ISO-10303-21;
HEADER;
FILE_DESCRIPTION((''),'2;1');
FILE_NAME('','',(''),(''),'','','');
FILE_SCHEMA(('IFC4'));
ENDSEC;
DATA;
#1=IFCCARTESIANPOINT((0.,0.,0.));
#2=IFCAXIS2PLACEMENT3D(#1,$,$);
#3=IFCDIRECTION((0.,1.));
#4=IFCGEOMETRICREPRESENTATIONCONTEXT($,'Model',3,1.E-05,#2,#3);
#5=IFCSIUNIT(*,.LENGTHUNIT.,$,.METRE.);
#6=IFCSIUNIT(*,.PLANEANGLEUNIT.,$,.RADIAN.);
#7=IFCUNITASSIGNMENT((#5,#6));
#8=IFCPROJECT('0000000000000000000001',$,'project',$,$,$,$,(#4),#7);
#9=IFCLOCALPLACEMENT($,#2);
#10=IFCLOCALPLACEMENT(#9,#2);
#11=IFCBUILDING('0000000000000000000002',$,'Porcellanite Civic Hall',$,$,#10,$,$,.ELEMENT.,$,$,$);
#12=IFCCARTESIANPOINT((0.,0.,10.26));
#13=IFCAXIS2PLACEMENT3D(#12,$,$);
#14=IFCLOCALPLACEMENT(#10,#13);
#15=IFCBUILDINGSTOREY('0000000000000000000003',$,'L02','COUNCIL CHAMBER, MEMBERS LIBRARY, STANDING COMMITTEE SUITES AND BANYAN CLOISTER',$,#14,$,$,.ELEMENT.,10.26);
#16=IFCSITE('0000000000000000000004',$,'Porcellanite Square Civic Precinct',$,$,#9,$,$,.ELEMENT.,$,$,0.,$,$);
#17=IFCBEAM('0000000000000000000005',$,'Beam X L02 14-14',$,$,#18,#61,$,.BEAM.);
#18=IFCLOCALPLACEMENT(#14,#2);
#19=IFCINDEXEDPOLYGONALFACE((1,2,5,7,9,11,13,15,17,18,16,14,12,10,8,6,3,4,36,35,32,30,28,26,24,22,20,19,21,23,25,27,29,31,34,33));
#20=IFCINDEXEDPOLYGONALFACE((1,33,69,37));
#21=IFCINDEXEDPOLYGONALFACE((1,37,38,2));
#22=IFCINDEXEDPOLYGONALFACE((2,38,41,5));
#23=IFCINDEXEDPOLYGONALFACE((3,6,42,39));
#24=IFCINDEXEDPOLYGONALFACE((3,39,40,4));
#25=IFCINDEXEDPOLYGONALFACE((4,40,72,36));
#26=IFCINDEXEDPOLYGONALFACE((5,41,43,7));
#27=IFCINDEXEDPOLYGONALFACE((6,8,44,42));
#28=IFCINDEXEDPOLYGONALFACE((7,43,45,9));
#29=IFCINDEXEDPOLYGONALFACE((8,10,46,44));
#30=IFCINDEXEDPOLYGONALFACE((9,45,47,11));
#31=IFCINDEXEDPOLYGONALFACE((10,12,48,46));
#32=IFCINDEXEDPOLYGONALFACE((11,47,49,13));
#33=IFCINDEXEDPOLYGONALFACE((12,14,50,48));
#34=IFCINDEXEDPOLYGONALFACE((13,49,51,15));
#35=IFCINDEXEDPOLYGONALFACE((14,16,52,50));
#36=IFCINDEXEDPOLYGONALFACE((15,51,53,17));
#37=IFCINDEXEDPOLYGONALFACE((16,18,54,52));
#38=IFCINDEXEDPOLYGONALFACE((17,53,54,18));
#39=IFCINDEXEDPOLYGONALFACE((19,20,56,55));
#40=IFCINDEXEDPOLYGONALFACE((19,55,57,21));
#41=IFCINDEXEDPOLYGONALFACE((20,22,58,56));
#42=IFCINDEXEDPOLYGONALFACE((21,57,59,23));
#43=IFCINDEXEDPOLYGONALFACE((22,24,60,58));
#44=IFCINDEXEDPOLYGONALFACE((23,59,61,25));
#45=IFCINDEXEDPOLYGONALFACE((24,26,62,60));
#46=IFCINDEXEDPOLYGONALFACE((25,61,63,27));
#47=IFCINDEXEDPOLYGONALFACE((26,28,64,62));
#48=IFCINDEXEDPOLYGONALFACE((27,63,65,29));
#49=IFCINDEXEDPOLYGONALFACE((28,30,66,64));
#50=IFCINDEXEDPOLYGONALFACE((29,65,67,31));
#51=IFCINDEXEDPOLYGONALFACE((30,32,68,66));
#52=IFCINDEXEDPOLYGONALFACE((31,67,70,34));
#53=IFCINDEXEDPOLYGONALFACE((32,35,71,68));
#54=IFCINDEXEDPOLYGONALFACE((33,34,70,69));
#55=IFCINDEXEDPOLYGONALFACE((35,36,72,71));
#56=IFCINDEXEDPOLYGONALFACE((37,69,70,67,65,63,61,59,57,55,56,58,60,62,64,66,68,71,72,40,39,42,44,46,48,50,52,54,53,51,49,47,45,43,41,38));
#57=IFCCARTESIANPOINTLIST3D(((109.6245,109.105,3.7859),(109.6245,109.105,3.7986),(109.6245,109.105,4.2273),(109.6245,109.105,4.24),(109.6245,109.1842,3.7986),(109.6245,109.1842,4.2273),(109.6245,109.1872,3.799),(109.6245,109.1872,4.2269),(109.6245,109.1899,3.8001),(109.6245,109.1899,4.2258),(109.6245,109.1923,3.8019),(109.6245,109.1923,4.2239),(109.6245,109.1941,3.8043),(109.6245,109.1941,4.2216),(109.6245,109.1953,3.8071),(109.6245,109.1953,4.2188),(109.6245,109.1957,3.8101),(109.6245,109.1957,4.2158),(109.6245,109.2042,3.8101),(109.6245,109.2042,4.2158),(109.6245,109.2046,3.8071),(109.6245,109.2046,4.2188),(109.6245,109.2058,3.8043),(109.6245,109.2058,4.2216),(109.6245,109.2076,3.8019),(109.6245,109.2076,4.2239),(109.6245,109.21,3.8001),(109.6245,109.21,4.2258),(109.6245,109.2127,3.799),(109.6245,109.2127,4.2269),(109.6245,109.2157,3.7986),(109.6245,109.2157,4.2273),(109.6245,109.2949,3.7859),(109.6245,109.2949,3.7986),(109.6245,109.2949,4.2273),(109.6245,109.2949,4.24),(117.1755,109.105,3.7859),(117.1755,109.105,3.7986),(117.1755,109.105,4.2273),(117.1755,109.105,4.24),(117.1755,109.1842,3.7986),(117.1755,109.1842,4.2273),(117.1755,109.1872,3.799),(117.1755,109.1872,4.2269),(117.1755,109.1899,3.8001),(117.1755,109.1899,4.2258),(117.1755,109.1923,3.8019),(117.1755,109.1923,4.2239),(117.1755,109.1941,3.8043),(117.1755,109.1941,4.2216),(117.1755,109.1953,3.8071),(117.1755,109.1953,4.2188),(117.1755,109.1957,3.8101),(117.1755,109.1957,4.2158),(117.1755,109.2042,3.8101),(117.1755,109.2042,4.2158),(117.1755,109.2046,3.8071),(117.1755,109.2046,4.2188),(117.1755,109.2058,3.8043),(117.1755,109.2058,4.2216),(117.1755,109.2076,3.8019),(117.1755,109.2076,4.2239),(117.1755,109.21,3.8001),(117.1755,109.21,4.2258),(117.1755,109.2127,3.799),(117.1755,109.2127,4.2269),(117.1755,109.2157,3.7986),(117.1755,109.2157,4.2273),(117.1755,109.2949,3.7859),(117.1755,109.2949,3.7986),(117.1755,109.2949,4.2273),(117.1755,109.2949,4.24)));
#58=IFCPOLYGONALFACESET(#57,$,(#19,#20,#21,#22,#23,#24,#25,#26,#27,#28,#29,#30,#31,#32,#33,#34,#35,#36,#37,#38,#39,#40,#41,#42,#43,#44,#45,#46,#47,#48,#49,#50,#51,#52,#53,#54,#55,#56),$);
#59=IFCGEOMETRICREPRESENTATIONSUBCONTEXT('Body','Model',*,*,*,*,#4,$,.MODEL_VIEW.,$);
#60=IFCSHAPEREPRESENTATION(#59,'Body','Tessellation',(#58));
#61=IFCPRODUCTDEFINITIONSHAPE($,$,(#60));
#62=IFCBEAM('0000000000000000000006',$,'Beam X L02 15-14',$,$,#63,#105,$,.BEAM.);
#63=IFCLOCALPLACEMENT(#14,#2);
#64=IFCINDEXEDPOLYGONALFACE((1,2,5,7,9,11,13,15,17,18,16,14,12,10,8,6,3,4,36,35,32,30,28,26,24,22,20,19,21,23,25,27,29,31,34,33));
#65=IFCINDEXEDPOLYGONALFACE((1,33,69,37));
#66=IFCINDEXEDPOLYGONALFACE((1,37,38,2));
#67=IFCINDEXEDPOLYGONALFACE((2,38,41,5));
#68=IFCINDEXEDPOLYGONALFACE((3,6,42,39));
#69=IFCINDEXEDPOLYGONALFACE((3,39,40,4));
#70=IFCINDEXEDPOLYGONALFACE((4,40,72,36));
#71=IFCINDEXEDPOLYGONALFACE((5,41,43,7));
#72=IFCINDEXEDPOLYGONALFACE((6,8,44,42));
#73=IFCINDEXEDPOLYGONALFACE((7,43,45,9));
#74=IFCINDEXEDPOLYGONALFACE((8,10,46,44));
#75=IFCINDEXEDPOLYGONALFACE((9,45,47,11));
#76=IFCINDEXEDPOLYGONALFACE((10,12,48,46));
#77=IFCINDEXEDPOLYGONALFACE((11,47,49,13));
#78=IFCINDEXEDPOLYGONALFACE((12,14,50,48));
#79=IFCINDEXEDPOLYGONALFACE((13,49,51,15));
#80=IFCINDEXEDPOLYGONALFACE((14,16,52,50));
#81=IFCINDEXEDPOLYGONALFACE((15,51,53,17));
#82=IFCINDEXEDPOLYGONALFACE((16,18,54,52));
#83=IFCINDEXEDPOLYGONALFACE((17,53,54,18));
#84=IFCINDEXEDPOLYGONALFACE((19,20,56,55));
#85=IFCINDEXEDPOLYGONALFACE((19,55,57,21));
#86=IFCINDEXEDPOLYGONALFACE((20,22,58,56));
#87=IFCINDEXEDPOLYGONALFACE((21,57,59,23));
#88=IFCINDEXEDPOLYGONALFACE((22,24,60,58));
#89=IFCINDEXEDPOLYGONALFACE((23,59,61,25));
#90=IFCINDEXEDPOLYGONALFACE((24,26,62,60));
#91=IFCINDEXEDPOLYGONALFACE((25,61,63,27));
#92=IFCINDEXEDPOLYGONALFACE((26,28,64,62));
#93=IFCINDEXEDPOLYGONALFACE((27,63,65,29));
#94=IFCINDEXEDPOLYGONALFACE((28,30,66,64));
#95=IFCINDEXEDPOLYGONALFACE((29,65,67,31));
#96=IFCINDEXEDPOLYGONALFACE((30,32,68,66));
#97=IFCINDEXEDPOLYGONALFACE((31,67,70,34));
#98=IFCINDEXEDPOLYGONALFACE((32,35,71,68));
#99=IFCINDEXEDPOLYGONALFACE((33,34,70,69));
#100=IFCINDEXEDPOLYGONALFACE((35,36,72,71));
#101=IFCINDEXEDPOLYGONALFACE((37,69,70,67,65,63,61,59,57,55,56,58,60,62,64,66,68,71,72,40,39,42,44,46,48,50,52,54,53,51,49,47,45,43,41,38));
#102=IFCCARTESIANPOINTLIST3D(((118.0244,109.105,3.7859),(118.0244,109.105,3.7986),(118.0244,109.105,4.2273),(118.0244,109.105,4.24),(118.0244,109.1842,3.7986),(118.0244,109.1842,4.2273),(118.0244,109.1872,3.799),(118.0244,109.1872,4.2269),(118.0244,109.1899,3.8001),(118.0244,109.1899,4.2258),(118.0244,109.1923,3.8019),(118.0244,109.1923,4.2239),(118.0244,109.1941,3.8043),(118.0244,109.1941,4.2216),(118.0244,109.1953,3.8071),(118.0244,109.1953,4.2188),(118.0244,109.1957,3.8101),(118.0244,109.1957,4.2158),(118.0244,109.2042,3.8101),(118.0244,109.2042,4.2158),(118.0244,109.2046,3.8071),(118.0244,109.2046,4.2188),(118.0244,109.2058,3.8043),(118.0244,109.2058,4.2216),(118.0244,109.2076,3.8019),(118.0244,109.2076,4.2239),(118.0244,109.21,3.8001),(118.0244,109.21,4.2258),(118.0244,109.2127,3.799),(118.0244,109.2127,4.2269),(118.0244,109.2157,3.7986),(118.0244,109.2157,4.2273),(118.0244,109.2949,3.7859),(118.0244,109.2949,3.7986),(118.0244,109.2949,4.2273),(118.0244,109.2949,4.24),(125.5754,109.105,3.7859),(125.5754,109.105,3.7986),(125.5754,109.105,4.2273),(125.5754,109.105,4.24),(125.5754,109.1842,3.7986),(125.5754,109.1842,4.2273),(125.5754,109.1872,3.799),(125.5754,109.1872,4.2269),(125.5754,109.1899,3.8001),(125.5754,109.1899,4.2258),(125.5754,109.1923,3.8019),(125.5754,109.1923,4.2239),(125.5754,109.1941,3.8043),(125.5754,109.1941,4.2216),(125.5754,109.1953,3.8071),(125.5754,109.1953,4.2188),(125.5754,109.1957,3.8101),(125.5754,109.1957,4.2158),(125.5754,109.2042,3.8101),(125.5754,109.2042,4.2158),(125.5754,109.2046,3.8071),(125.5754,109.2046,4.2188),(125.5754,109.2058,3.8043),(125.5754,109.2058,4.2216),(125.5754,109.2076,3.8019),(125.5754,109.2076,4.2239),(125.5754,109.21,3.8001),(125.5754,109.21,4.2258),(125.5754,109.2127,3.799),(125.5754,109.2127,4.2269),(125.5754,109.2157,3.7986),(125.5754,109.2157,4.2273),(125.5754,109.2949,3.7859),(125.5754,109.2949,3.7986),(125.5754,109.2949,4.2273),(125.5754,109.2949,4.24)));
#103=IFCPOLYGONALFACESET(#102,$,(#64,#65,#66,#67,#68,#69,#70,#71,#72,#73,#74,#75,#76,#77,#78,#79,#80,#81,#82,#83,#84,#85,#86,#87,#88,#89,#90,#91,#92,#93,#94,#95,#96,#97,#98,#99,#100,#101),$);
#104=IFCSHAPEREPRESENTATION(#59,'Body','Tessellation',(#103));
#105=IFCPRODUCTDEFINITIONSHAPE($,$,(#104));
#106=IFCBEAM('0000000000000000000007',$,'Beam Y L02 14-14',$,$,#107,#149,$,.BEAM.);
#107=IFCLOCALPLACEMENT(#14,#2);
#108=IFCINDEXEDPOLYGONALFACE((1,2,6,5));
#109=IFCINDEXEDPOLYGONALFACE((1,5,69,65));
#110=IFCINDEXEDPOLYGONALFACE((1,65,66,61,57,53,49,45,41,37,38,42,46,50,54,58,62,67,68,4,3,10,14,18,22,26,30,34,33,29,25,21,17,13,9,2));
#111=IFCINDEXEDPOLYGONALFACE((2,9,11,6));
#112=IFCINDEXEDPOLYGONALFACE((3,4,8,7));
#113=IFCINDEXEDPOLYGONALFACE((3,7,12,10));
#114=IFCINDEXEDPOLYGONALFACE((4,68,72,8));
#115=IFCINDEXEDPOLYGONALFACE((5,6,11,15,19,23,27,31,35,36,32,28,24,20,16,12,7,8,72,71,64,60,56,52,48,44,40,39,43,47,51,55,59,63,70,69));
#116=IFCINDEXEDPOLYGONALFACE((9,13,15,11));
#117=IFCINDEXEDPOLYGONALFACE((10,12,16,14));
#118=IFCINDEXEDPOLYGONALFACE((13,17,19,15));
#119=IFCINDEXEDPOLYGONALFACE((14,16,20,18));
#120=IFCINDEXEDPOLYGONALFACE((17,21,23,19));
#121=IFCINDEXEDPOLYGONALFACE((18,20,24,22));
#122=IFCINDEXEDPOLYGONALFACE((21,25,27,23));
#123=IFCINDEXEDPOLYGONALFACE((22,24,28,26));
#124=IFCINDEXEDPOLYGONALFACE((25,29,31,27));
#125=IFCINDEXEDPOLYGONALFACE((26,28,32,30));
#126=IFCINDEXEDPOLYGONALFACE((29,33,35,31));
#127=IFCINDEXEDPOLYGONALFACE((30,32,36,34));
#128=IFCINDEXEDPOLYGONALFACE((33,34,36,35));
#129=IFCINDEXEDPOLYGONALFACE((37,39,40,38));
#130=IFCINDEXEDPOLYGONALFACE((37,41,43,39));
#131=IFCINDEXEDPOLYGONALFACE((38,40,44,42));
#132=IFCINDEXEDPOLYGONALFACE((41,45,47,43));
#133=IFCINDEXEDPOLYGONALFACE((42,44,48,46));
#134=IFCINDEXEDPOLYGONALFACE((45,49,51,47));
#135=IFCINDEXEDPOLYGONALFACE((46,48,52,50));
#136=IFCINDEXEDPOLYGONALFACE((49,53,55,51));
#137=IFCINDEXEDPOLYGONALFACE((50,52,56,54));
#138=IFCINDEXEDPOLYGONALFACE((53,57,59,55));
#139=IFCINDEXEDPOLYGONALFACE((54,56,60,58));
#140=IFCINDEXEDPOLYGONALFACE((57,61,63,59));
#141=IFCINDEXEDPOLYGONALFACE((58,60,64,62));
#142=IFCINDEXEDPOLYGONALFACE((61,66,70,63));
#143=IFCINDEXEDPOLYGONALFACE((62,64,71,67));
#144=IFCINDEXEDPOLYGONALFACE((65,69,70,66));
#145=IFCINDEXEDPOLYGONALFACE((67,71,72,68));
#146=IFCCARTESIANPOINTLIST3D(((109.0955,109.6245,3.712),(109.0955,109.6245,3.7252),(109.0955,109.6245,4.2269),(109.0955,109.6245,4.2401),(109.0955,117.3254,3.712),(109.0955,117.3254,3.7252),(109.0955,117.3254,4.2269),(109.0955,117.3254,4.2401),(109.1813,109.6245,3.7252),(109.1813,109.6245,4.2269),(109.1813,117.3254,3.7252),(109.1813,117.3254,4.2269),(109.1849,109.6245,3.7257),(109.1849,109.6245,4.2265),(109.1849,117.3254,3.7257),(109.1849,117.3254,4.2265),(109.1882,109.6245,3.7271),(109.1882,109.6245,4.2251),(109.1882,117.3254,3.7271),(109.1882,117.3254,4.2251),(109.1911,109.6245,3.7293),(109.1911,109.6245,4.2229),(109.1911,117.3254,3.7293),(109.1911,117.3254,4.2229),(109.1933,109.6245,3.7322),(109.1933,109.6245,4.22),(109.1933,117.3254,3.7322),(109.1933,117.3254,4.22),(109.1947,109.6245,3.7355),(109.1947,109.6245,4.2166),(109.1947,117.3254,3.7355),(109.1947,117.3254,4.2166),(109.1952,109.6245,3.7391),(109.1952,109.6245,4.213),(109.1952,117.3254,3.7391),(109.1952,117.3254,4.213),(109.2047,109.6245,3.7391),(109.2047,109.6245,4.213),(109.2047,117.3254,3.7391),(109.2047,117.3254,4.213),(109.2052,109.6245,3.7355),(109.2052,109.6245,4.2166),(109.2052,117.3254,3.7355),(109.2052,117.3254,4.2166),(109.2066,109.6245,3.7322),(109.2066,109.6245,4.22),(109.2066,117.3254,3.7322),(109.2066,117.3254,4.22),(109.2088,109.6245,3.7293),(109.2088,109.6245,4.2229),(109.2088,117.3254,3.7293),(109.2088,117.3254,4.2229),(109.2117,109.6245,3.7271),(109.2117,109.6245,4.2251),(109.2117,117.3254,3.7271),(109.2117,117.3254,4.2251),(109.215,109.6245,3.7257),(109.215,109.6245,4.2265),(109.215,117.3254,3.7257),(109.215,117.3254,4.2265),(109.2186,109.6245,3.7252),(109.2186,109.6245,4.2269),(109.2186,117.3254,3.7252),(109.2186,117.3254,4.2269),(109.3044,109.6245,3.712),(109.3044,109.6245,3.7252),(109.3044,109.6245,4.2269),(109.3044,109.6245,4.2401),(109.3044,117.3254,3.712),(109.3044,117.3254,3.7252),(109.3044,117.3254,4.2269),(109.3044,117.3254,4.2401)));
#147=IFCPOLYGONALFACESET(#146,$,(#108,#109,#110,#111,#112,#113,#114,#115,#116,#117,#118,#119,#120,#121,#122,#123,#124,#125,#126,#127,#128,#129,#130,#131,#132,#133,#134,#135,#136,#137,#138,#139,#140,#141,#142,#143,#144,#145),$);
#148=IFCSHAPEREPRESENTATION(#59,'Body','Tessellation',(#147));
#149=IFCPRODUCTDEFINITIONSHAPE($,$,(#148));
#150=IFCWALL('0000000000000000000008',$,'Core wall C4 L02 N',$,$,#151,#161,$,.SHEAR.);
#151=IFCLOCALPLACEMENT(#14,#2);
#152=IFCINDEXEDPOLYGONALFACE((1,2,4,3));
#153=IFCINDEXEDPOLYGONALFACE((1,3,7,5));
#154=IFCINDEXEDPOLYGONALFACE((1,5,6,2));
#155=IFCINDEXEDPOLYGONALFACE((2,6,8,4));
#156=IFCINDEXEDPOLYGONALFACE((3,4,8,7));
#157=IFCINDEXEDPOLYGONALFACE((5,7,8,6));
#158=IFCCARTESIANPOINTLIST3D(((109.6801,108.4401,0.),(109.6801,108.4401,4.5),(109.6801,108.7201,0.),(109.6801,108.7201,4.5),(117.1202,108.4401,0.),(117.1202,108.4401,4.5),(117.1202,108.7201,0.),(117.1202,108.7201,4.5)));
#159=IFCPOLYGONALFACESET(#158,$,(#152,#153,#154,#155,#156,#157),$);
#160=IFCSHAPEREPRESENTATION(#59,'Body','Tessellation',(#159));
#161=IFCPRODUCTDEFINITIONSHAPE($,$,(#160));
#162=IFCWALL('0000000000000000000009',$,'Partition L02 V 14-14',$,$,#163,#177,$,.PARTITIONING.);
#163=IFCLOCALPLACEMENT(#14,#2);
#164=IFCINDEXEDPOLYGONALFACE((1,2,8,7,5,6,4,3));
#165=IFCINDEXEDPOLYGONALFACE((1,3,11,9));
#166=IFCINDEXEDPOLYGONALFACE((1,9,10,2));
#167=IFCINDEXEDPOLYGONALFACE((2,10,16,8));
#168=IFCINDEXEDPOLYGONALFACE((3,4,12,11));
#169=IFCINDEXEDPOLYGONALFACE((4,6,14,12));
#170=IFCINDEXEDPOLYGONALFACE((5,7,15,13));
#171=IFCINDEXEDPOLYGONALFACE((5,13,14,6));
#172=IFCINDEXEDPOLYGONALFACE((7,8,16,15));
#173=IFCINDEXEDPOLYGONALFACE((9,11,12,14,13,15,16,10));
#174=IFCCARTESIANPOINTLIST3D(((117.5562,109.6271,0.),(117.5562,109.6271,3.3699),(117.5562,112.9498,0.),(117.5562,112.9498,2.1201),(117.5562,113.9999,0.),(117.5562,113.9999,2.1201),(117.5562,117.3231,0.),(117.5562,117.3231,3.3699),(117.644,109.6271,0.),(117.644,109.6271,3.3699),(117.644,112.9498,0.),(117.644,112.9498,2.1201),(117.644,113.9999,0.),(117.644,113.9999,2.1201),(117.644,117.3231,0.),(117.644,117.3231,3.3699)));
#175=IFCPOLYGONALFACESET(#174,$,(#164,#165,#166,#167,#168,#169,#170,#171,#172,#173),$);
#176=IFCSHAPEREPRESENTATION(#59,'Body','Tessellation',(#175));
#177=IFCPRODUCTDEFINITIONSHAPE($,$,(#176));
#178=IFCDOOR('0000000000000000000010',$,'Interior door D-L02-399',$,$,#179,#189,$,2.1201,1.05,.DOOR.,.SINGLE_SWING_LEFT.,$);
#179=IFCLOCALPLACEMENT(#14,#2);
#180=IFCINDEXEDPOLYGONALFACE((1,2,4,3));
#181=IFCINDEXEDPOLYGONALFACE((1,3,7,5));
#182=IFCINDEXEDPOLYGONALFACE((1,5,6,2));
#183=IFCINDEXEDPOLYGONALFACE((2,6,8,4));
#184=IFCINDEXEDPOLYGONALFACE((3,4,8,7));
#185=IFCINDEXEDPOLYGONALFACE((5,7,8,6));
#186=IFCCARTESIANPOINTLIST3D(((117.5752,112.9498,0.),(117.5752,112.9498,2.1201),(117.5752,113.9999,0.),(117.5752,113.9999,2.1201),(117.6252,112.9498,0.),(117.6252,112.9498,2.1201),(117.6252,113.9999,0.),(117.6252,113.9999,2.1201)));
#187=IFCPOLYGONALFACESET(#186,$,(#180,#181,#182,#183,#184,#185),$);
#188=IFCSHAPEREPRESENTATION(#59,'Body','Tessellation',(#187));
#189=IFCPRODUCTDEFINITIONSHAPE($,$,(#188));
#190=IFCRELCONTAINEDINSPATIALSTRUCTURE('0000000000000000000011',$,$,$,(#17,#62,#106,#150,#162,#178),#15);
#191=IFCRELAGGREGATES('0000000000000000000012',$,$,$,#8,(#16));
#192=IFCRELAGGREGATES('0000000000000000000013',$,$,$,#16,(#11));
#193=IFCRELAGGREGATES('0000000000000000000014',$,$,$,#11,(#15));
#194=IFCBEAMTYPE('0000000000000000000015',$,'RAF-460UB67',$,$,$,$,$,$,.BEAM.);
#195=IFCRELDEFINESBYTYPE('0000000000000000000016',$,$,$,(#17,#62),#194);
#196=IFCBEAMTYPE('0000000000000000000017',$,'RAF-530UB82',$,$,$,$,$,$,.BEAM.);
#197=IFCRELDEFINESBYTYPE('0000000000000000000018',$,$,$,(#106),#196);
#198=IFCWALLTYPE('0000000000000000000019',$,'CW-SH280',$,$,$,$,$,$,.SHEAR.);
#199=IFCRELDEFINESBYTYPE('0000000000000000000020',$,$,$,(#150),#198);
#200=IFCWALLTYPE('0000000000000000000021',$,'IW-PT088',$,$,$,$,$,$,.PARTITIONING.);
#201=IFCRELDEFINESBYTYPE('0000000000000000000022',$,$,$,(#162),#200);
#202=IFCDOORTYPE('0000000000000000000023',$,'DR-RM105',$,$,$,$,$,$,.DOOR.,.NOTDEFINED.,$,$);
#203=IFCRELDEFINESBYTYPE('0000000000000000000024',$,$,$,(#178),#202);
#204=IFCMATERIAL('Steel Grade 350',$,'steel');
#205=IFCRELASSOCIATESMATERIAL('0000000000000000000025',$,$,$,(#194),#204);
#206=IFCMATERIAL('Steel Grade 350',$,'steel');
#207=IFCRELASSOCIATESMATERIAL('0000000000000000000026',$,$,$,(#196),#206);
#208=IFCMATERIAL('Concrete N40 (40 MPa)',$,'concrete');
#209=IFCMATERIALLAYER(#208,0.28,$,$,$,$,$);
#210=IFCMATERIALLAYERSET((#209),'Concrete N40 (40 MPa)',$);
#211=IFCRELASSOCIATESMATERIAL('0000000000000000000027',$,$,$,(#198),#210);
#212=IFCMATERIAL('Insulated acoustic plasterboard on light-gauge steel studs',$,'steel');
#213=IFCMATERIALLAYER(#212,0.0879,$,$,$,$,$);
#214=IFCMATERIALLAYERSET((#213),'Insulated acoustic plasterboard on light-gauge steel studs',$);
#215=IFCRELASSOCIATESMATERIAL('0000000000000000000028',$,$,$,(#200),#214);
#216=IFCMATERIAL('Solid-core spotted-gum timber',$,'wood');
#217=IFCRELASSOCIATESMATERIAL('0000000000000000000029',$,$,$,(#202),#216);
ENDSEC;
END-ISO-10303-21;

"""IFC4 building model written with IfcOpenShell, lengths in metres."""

from ifc_helpers import new_model, si_unit, direction, frame, frame_2d, origin, origin_2d, place, context, subcontext, project, spatial, rectangle, i_section, extrude, material, layer, layer_set, material_profile, profile_set, type_object, element, fill, save


model = new_model("IFC4")

# Units and contexts
model_context = context("Model", 3, precision=1e-05, world=origin(), true_north=direction((0.0, 1.0)))
body_context = subcontext(model_context, "Body", "Model", "MODEL_VIEW")
ifc_project = project(units=[si_unit("LENGTHUNIT", "METRE"), si_unit("PLANEANGLEUNIT", "RADIAN")], contexts=[model_context])

# Site, building, storey
site_placement = place(None, origin())
site = spatial("IfcSite", under=ifc_project, at=site_placement, Name="Porcellanite Square Civic Precinct", CompositionType="ELEMENT", RefElevation=0.0)
building_placement = place(site_placement, origin())
building = spatial("IfcBuilding", under=site, at=building_placement, Name="Porcellanite Civic Hall", CompositionType="ELEMENT")
storey_placement = place(building_placement, frame((0.0, 0.0, 10.26)))
storey = spatial("IfcBuildingStorey", under=building, at=storey_placement, Name="L02", Description="COUNCIL CHAMBER, MEMBERS LIBRARY, STANDING COMMITTEE SUITES AND BANYAN CLOISTER", CompositionType="ELEMENT", Elevation=10.26)

# Beams
ifc_material_1 = material(Name="Steel Grade 350", Category="steel")
ifc_material_profile_1 = material_profile(ifc_material_1, i_section(OverallWidth=0.1899, OverallDepth=0.4541, WebThickness=0.0085, FlangeThickness=0.0127, FilletRadius=0.0115, at=origin_2d()), Name="460UB67.1")
ifc_profile_set_1 = profile_set([ifc_material_profile_1], Name="Steel Grade 350")
beam_type_1 = type_object("IfcBeamType", Name="RAF-460UB67", PredefinedType="BEAM", material=ifc_profile_set_1)
for number, where, z_axis, x_axis, name in (
    (1, (109.6245, 109.2, 4.0129), (1.0, 0.0, 0.0), (0.0, 1.0, 0.0), "Beam X L02 14-14"),
    (2, (118.0244, 109.2, 4.0129), (1.0, 0.0, 0.0), (0.0, 1.0, 0.0), "Beam X L02 15-14"),
):
    element("IfcBeam", number, at=place(storey_placement, frame(where, z_axis=z_axis, x_axis=x_axis)), inside=storey, type_object=beam_type_1, Name=name, PredefinedType="BEAM", context=body_context, shape_type="SweptSolid", body=[
        extrude(i_section(OverallWidth=0.1899, OverallDepth=0.4541, WebThickness=0.0085, FlangeThickness=0.0127, FilletRadius=0.0115, at=origin_2d()), origin(), (0.0, 0.0, 1.0), 7.551),
    ])
ifc_material_2 = material(Name="Steel Grade 350", Category="steel")
ifc_material_profile_2 = material_profile(ifc_material_2, i_section(OverallWidth=0.209, OverallDepth=0.5281, WebThickness=0.0095, FlangeThickness=0.0132, FilletRadius=0.0139, at=origin_2d()), Name="530UB82.0")
ifc_profile_set_2 = profile_set([ifc_material_profile_2], Name="Steel Grade 350")
beam_type_2 = type_object("IfcBeamType", Name="RAF-530UB82", PredefinedType="BEAM", material=ifc_profile_set_2)
beam_1_placement = place(storey_placement, frame((109.2, 109.6245, 3.9761), z_axis=(0.0, 1.0, 0.0), x_axis=(-1.0, 0.0, 0.0)))
element("IfcBeam", 3, at=beam_1_placement, inside=storey, type_object=beam_type_2, Name="Beam Y L02 14-14", PredefinedType="BEAM", context=body_context, shape_type="SweptSolid", body=[
    extrude(i_section(OverallWidth=0.209, OverallDepth=0.5281, WebThickness=0.0095, FlangeThickness=0.0132, FilletRadius=0.0139, at=origin_2d()), origin(), (0.0, 0.0, 1.0), 7.7009),
])

# Wall
ifc_material_3 = material(Name="Concrete N40 (40 MPa)", Category="concrete")
ifc_layer_1 = layer(ifc_material_3, 0.28)
ifc_layer_set_1 = layer_set([ifc_layer_1], Name="Concrete N40 (40 MPa)")
wall_type_1 = type_object("IfcWallType", Name="CW-SH280", PredefinedType="SHEAR", material=ifc_layer_set_1)
wall_1_placement = place(storey_placement, frame((109.6799, 108.5801, 0.0), z_axis=(0.0, 0.0, 1.0), x_axis=(1.0, 0.0, 0.0)))
element("IfcWall", 4, at=wall_1_placement, inside=storey, type_object=wall_type_1, Name="Core wall C4 L02 N", PredefinedType="SHEAR", context=body_context, shape_type="SweptSolid", body=[
    extrude(rectangle(XDim=7.4402, YDim=0.28, at=frame_2d((3.7202, 0.0))), origin(), (0.0, 0.0, 1.0), 4.5),
])

# Wall, opening, door
ifc_material_4 = material(Name="Insulated acoustic plasterboard on light-gauge steel studs", Category="steel")
ifc_layer_2 = layer(ifc_material_4, 0.0879)
ifc_layer_set_2 = layer_set([ifc_layer_2], Name="Insulated acoustic plasterboard on light-gauge steel studs")
wall_type_2 = type_object("IfcWallType", Name="IW-PT088", PredefinedType="PARTITIONING", material=ifc_layer_set_2)
wall_2_placement = place(storey_placement, frame((117.6001, 109.627, 0.0), z_axis=(0.0, 0.0, 1.0), x_axis=(0.0, 1.0, 0.0)))
wall_2 = element("IfcWall", 5, at=wall_2_placement, inside=storey, type_object=wall_type_2, Name="Partition L02 V 14-14", PredefinedType="PARTITIONING", context=body_context, shape_type="SweptSolid", body=[
    extrude(rectangle(XDim=7.696, YDim=0.0879, at=frame_2d((3.8481, 0.0))), origin(), (0.0, 0.0, 1.0), 3.3699),
])
opening_1_placement = place(wall_2_placement, frame((3.323, 0.0, 0.0)))
opening_1 = element("IfcOpeningElement", 6, at=opening_1_placement, cuts=wall_2, PredefinedType="OPENING", context=body_context, shape_type="SweptSolid", body=[
    extrude(rectangle(XDim=1.05, YDim=2.1201, at=frame_2d((0.5249, 1.0601))), frame((0.0, 0.0439, 0.0), z_axis=(0.0, -1.0, 0.0), x_axis=(1.0, 0.0, 0.0)), (0.0, 0.0, 1.0), 0.0879),
])
ifc_material_5 = material(Name="Solid-core spotted-gum timber", Category="wood")
door_type_1 = type_object("IfcDoorType", Name="DR-RM105", OperationType="NOTDEFINED", PredefinedType="DOOR", material=ifc_material_5)
door_1_placement = place(opening_1_placement, origin())
door_1 = element("IfcDoor", 7, at=door_1_placement, inside=storey, type_object=door_type_1, Name="Interior door D-L02-399", OperationType="SINGLE_SWING_LEFT", OverallHeight=2.1201, OverallWidth=1.05, PredefinedType="DOOR", context=body_context, shape_type="SweptSolid", body=[
    extrude(rectangle(XDim=1.05, YDim=2.1201, at=frame_2d((0.5249, 1.0601))), frame((0.0, 0.0249, 0.0), z_axis=(0.0, -1.0, 0.0), x_axis=(1.0, 0.0, 0.0)), (0.0, 0.0, 1.0), 0.05),
])
fill(opening_1, door_1)

save(model, "model.ifc")
